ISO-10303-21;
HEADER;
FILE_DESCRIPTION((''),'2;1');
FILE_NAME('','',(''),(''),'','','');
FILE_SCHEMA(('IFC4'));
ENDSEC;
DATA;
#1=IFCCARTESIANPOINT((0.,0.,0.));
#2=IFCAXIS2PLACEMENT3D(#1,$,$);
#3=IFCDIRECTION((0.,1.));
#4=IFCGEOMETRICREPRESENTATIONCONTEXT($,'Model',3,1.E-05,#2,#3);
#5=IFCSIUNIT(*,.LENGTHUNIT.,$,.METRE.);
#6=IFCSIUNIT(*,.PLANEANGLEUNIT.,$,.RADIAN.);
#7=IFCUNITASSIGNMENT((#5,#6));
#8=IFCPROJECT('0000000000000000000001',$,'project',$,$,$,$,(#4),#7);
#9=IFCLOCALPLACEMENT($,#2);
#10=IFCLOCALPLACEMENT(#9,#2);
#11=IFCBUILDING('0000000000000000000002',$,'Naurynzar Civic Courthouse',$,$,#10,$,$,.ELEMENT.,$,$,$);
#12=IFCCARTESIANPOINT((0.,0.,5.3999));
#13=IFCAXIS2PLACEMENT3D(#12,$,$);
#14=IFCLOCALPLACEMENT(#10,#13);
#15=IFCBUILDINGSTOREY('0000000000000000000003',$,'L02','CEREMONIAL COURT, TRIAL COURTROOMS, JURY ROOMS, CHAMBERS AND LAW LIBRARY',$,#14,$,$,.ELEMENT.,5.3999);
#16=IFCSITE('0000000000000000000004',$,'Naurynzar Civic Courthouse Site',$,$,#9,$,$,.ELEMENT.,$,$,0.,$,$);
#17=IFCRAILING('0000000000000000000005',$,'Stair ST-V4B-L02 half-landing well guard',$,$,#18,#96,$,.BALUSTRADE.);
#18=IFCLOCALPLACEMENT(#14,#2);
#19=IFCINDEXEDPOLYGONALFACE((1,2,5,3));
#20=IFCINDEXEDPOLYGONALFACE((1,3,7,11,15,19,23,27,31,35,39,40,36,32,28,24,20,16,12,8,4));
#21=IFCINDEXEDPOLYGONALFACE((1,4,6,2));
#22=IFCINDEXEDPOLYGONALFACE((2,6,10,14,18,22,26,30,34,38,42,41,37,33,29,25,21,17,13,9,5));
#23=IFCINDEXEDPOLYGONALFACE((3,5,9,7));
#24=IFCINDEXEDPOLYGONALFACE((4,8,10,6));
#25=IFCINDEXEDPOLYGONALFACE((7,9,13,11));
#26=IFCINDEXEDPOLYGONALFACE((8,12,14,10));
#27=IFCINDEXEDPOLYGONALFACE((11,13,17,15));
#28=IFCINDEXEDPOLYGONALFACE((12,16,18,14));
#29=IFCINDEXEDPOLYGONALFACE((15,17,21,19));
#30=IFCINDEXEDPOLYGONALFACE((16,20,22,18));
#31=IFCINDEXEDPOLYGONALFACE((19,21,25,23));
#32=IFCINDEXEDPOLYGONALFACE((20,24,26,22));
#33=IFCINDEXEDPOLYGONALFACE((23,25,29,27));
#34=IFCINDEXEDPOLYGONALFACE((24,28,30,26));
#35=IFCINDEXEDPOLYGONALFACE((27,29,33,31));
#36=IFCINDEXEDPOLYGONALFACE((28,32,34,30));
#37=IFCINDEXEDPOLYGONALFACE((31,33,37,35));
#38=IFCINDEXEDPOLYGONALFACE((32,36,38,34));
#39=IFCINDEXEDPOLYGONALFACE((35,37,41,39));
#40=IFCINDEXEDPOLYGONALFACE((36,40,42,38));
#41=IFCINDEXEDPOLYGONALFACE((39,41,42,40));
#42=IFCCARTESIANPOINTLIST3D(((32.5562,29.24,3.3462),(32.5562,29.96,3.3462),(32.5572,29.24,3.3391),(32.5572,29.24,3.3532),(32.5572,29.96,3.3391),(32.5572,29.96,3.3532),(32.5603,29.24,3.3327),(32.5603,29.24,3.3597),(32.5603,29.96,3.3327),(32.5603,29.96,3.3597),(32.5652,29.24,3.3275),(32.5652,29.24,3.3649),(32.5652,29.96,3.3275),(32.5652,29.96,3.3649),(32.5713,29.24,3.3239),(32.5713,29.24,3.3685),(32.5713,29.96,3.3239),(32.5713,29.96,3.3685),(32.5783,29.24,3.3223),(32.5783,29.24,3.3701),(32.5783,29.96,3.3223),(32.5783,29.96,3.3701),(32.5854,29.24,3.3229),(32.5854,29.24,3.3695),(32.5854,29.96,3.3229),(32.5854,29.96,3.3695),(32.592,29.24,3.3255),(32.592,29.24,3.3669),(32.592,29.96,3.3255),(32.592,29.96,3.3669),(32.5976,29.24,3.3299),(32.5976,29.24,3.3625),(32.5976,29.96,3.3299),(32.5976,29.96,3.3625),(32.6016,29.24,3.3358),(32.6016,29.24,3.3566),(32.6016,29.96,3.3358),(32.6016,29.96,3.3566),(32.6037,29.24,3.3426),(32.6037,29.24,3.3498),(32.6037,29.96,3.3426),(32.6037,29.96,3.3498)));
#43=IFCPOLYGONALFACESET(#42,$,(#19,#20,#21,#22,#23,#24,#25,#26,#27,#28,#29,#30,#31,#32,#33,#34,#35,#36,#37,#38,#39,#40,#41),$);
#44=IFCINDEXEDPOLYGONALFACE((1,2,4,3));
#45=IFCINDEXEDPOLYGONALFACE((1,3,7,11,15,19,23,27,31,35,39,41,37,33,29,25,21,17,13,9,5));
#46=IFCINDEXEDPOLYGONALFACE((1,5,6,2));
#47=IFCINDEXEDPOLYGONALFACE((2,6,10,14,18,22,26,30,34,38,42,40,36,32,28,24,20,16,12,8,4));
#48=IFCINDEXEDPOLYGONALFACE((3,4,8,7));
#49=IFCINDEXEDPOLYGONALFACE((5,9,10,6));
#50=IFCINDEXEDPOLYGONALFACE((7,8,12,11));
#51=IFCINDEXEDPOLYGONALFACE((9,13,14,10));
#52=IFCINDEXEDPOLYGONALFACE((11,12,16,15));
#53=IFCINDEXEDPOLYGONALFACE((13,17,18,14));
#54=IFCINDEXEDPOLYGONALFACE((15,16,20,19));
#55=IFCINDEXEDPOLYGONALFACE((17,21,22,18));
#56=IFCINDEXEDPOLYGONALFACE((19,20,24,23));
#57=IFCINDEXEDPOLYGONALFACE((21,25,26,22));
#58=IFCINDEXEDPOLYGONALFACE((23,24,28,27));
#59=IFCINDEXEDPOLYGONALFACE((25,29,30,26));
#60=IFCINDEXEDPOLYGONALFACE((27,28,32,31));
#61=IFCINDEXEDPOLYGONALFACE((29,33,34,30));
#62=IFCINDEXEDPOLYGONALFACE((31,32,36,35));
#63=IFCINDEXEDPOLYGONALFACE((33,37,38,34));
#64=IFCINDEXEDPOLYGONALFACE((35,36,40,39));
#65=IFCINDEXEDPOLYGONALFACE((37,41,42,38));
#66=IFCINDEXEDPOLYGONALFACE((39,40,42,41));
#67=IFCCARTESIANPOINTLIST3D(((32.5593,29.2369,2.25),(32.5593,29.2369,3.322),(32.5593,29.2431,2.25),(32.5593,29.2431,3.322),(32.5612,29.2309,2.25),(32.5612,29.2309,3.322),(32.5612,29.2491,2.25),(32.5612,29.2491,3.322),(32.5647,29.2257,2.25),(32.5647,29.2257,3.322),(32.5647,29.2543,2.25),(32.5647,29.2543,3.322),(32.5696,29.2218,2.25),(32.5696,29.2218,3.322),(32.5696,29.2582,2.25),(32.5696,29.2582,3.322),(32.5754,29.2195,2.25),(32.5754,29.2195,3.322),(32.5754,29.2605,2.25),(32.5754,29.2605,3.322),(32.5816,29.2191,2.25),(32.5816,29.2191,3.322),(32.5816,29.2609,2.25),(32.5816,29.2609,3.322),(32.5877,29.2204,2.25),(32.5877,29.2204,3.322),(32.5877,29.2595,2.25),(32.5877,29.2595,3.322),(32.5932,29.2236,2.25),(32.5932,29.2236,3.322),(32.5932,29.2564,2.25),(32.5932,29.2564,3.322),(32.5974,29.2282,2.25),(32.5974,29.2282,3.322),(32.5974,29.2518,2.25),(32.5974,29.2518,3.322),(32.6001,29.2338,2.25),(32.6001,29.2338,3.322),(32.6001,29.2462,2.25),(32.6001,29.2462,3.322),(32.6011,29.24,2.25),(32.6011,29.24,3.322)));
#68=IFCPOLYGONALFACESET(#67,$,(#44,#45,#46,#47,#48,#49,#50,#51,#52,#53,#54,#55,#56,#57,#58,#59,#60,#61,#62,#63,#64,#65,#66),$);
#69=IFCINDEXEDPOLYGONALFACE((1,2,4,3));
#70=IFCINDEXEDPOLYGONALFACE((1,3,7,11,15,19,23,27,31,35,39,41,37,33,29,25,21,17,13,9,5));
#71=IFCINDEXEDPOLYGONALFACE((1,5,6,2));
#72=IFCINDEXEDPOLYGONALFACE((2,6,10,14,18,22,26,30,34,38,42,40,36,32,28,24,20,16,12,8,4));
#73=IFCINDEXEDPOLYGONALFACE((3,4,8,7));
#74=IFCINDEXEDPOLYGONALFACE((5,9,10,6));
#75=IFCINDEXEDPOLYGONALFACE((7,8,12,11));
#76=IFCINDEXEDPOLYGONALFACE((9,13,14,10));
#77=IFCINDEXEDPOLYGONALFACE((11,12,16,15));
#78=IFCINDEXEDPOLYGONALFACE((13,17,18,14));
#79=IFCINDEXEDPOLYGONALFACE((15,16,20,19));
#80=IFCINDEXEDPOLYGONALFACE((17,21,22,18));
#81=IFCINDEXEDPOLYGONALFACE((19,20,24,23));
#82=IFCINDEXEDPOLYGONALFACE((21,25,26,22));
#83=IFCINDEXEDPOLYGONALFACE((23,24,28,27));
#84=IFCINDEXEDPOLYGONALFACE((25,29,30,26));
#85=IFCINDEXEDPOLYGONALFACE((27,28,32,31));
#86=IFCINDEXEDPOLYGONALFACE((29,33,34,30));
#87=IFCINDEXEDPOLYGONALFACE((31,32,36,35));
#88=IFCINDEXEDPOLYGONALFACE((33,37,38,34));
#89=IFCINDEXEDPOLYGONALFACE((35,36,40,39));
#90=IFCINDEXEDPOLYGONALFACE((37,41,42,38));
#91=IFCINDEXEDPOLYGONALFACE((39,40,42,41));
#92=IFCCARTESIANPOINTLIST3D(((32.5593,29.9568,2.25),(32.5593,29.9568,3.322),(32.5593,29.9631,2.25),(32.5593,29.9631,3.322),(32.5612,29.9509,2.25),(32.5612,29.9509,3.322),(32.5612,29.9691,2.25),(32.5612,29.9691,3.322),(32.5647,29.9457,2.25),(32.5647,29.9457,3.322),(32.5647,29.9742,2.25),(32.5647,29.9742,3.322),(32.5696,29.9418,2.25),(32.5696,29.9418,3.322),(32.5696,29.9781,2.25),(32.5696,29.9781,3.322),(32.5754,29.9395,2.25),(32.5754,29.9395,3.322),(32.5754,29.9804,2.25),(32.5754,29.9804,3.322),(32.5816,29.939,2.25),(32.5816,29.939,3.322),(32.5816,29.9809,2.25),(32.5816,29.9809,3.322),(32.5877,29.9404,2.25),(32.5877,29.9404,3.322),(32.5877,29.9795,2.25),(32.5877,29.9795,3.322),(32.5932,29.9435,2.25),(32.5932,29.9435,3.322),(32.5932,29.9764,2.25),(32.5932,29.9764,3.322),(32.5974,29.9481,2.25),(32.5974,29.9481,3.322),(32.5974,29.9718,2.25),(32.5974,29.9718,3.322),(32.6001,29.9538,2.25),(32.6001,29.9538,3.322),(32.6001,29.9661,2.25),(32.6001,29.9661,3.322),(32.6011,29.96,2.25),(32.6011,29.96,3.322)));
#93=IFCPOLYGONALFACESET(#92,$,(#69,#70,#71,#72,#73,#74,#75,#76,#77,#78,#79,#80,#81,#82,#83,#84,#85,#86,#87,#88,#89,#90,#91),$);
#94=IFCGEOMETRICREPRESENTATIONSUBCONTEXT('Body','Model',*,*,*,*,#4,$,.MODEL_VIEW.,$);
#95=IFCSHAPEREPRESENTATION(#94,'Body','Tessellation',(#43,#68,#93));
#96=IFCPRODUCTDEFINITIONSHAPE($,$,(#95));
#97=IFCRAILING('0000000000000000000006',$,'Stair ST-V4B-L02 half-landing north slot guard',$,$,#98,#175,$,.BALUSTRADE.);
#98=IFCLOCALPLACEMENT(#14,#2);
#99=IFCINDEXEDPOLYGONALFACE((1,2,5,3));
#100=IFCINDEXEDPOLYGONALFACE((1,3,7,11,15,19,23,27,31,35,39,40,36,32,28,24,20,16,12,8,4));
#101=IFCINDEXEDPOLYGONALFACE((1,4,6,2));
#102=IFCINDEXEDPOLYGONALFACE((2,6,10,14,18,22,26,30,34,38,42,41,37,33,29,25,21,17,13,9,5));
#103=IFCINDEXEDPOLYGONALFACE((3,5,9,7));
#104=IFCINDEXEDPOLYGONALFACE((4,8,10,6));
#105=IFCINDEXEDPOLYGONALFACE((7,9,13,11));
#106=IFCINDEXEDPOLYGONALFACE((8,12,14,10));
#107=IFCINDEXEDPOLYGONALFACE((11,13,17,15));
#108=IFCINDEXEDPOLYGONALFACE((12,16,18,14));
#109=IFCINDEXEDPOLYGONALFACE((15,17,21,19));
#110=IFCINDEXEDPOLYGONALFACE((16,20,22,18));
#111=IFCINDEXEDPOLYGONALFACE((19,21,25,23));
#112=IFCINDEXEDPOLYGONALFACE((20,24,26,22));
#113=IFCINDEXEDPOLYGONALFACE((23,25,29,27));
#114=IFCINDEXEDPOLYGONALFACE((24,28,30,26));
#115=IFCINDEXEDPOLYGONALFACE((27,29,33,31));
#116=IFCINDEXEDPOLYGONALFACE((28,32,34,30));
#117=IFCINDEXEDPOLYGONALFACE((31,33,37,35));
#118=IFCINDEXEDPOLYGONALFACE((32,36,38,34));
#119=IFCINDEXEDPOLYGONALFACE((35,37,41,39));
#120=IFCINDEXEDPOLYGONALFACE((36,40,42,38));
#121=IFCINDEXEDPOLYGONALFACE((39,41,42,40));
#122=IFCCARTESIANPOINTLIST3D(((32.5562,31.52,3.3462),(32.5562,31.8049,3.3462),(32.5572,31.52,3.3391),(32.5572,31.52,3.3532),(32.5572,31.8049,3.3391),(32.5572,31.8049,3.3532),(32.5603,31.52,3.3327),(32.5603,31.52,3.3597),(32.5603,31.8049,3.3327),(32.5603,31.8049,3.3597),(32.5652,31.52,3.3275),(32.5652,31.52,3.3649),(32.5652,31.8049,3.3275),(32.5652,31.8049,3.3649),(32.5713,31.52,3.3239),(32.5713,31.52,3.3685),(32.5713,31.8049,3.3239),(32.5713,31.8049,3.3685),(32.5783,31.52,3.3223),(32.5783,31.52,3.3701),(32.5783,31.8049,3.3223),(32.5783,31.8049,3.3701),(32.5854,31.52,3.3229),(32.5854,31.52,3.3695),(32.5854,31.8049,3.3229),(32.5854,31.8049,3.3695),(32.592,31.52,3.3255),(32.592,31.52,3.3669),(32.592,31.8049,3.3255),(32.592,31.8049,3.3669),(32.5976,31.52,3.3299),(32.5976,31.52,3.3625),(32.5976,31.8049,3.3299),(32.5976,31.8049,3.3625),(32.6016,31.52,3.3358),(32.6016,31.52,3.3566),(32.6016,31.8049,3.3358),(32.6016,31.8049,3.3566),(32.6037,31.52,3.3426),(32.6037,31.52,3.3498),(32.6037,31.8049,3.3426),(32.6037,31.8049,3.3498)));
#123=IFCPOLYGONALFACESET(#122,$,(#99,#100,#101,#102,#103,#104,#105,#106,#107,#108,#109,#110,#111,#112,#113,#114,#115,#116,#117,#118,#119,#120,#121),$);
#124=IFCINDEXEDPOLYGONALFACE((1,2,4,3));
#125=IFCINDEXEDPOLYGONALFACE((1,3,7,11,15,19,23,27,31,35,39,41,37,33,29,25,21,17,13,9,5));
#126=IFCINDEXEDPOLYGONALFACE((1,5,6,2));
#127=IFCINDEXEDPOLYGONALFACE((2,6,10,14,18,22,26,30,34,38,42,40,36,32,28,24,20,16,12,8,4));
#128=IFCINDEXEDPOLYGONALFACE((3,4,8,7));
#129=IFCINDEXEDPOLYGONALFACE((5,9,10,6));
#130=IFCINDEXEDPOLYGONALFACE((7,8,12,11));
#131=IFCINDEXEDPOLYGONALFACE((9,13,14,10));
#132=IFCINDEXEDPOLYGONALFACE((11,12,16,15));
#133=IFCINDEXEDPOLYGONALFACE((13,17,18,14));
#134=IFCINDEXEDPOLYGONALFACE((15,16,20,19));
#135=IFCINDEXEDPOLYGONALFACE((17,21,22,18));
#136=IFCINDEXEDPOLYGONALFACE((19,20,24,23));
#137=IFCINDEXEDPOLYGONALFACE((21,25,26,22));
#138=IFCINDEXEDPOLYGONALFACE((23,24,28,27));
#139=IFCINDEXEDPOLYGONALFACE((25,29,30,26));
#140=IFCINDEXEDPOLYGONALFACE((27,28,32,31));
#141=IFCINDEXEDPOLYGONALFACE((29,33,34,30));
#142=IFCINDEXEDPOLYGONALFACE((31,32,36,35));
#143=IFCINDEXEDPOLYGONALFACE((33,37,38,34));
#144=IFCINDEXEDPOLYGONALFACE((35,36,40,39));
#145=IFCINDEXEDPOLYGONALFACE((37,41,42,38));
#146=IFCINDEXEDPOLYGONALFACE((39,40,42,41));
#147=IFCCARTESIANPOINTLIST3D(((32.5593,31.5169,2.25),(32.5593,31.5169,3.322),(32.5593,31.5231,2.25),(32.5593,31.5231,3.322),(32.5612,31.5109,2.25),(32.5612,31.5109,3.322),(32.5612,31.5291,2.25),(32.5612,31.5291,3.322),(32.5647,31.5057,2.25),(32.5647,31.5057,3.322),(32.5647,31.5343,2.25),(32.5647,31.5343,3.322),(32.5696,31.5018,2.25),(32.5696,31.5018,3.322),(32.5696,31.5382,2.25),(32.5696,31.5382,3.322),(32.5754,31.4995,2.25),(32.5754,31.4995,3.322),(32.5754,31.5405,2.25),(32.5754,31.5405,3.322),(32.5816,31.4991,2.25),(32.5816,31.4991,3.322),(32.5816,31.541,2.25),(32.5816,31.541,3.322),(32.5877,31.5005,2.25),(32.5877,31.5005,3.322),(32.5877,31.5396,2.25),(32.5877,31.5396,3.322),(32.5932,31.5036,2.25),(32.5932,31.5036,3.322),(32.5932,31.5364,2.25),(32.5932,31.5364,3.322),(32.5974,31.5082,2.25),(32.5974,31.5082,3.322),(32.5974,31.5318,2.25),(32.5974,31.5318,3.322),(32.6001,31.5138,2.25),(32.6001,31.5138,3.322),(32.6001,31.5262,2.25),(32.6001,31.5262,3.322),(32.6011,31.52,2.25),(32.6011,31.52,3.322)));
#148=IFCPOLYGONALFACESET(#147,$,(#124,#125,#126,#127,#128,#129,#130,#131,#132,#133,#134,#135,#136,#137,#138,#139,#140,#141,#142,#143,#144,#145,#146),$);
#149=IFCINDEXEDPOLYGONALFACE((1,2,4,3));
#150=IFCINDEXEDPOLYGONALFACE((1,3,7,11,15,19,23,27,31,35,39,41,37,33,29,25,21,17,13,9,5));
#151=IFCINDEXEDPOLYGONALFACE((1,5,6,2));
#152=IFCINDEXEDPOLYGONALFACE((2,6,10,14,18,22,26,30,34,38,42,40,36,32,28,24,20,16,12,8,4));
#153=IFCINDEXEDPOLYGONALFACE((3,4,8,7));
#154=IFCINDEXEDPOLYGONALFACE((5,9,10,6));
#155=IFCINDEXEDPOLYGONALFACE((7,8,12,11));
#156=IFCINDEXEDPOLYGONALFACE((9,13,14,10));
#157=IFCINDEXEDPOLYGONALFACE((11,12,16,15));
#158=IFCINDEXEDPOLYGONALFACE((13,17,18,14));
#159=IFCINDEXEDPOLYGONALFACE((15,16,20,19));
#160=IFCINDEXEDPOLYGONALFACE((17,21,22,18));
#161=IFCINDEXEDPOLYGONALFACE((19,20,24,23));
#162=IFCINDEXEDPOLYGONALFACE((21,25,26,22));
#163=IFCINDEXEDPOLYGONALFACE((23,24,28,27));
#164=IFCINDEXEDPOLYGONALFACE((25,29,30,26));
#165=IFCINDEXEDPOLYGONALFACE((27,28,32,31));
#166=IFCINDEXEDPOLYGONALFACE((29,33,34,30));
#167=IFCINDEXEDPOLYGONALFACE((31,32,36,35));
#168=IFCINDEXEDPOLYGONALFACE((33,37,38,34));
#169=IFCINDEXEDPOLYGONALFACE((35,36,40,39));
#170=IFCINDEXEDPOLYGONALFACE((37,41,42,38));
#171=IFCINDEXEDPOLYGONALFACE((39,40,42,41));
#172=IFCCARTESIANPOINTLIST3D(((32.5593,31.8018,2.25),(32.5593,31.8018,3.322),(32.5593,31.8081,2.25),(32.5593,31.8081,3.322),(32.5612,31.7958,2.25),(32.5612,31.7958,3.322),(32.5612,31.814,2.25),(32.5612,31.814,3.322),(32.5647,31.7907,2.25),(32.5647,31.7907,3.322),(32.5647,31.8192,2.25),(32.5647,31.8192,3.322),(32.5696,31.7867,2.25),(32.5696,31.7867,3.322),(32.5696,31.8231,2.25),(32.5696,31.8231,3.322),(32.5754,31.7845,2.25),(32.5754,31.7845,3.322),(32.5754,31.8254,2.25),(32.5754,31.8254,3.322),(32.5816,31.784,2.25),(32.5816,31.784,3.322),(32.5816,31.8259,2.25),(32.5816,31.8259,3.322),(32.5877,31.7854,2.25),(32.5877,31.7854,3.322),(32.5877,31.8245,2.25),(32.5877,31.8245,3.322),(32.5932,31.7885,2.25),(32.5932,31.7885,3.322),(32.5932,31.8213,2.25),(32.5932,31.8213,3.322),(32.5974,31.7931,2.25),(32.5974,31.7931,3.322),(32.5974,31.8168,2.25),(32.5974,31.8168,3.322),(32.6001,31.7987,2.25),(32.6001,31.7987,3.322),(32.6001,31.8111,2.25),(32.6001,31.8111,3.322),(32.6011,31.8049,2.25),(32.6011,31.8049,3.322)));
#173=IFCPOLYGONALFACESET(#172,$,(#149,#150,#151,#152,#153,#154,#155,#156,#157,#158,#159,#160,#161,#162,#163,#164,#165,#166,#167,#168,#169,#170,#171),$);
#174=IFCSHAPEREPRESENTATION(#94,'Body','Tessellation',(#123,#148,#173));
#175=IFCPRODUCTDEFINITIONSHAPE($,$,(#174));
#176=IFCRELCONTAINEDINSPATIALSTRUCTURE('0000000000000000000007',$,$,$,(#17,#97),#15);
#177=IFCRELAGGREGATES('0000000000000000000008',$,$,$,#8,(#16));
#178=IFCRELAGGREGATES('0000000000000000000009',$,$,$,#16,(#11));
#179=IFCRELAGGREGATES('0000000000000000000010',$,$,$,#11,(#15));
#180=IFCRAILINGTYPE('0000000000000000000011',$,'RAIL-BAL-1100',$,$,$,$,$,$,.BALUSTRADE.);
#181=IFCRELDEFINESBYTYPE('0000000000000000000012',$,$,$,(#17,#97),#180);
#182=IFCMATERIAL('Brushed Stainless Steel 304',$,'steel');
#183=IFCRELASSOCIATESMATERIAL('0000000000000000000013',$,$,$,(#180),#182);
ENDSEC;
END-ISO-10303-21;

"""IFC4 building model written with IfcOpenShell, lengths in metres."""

from ifc_helpers import new_model, si_unit, direction, frame, origin, origin_2d, place, context, subcontext, project, spatial, circle, extrude, material, type_object, element, save


model = new_model("IFC4")

# Units and contexts
model_context = context("Model", 3, precision=1e-05, world=origin(), true_north=direction((0.0, 1.0)))
body_context = subcontext(model_context, "Body", "Model", "MODEL_VIEW")
ifc_project = project(units=[si_unit("LENGTHUNIT", "METRE"), si_unit("PLANEANGLEUNIT", "RADIAN")], contexts=[model_context])

# Site, building, storey
site_placement = place(None, origin())
site = spatial("IfcSite", under=ifc_project, at=site_placement, Name="Naurynzar Civic Courthouse Site", CompositionType="ELEMENT", RefElevation=0.0)
building_placement = place(site_placement, origin())
building = spatial("IfcBuilding", under=site, at=building_placement, Name="Naurynzar Civic Courthouse", CompositionType="ELEMENT")
storey_placement = place(building_placement, frame((0.0, 0.0, 5.3999)))
storey = spatial("IfcBuildingStorey", under=building, at=storey_placement, Name="L02", Description="CEREMONIAL COURT, TRIAL COURTROOMS, JURY ROOMS, CHAMBERS AND LAW LIBRARY", CompositionType="ELEMENT", Elevation=5.3999)

# Railings
ifc_material_1 = material(Name="Brushed Stainless Steel 304", Category="steel")
railing_type_1 = type_object("IfcRailingType", Name="RAIL-BAL-1100", PredefinedType="BALUSTRADE", material=ifc_material_1)
for number, where, name in (
    (1, (32.5801, 29.24, 2.25), "Stair ST-V4B-L02 half-landing well guard"),
):
    element("IfcRailing", number, at=place(storey_placement, frame(where)), inside=storey, type_object=railing_type_1, Name=name, PredefinedType="BALUSTRADE", context=body_context, shape_type="SweptSolid", body=[
        extrude(circle(Radius=0.0239, at=origin_2d()), frame((0.0, 0.0, 1.0962), z_axis=(0.0, 1.0, 0.0), x_axis=(-1.0, 0.0, 0.0)), (0.0, 0.0, 1.0), 0.72),
        extrude(circle(Radius=0.021, at=origin_2d()), origin(), (0.0, 0.0, 1.0), 1.072),
        extrude(circle(Radius=0.021, at=origin_2d()), frame((0.0, 0.72, 0.0)), (0.0, 0.0, 1.0), 1.072),
    ])
railing_1_placement = place(storey_placement, frame((32.5801, 31.52, 2.25)))
element("IfcRailing", 2, at=railing_1_placement, inside=storey, type_object=railing_type_1, Name="Stair ST-V4B-L02 half-landing north slot guard", PredefinedType="BALUSTRADE", context=body_context, shape_type="SweptSolid", body=[
    extrude(circle(Radius=0.0239, at=origin_2d()), frame((0.0, 0.0, 1.0962), z_axis=(0.0, 1.0, 0.0), x_axis=(-1.0, 0.0, 0.0)), (0.0, 0.0, 1.0), 0.2849),
    extrude(circle(Radius=0.021, at=origin_2d()), origin(), (0.0, 0.0, 1.0), 1.072),
    extrude(circle(Radius=0.021, at=origin_2d()), frame((0.0, 0.2849, 0.0)), (0.0, 0.0, 1.0), 1.072),
])

save(model, "model.ifc")
